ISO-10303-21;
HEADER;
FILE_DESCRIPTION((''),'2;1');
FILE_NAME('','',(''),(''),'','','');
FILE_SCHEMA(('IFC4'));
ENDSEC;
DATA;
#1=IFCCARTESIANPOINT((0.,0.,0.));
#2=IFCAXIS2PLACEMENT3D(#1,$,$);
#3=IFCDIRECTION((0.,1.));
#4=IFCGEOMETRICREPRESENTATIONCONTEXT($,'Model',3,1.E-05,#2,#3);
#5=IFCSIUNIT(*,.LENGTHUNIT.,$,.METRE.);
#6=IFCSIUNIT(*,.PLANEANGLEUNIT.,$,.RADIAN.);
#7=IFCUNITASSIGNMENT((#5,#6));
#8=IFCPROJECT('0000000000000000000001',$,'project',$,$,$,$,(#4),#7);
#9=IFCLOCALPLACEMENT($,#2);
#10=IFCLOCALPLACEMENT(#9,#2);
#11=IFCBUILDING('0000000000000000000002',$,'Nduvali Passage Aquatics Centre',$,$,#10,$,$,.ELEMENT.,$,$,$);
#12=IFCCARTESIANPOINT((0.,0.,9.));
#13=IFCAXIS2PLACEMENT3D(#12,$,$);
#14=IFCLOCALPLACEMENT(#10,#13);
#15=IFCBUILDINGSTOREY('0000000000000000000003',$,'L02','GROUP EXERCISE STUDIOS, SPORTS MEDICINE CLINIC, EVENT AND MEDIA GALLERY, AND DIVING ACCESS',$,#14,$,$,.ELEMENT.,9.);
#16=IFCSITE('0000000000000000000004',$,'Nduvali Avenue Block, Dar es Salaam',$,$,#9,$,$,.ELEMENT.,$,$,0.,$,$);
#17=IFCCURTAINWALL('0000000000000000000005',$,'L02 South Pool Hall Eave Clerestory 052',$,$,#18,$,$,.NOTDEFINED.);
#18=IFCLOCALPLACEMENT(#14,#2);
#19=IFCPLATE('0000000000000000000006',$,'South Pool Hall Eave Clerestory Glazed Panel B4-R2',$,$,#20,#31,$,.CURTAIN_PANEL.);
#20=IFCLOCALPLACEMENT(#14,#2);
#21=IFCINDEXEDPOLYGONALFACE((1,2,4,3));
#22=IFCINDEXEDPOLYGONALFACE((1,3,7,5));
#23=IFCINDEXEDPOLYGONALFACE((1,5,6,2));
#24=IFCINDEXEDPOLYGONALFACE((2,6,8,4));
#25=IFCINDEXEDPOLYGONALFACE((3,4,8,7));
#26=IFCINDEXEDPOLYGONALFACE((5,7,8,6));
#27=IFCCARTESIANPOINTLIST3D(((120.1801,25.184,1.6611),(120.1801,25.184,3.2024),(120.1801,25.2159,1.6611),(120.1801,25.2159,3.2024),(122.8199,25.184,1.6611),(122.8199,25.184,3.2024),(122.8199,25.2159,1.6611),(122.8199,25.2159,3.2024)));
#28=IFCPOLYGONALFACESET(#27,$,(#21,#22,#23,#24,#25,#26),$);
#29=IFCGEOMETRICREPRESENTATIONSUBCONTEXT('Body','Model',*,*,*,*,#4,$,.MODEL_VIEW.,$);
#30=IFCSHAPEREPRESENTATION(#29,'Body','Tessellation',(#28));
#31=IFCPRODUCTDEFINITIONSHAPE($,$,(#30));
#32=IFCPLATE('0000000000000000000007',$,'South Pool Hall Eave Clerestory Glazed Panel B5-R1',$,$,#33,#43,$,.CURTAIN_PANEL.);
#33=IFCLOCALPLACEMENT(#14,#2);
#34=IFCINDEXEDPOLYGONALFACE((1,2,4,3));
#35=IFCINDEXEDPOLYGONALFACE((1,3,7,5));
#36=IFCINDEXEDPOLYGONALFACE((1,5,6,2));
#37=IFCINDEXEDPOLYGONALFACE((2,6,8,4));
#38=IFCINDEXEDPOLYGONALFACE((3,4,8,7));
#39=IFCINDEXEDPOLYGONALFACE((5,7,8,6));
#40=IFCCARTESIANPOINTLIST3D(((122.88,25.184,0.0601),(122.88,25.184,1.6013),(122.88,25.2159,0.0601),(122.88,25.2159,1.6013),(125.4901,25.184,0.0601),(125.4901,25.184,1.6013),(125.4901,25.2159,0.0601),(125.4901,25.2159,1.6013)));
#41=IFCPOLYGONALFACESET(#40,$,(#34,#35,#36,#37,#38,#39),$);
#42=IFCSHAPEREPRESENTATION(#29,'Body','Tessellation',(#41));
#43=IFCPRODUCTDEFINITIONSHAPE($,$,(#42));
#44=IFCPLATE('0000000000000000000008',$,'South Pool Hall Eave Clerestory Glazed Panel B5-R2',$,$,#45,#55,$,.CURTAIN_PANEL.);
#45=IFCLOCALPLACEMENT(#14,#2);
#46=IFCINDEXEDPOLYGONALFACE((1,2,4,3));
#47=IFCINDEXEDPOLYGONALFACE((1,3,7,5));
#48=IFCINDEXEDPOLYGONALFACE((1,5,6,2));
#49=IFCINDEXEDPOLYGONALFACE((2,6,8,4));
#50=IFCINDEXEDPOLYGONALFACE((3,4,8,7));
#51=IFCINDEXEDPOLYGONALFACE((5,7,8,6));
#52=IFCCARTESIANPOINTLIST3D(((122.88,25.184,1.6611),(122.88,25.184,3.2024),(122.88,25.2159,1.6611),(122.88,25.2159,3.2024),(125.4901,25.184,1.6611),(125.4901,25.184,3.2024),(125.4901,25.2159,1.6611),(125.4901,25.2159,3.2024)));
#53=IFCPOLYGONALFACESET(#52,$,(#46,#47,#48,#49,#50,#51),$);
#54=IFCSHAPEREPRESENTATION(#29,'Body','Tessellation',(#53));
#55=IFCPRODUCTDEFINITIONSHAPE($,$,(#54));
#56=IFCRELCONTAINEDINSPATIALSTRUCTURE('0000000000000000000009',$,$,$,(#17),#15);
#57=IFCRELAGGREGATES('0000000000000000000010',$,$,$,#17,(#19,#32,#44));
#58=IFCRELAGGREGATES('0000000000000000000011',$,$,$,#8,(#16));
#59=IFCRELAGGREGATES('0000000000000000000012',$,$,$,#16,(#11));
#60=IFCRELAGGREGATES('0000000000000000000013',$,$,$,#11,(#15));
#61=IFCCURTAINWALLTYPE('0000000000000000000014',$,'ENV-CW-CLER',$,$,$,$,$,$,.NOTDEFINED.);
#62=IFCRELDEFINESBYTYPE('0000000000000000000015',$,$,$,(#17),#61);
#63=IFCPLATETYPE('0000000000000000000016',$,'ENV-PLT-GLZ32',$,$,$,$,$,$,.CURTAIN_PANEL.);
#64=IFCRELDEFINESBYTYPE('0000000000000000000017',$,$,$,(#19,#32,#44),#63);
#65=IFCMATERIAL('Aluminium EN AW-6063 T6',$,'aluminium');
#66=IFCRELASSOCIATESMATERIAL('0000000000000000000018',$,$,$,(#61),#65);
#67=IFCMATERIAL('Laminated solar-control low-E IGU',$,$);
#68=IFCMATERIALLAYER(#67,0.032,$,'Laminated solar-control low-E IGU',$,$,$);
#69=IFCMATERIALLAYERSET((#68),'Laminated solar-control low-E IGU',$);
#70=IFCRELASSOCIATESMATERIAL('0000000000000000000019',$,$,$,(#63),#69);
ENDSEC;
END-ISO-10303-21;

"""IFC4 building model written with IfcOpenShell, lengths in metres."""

from ifc_helpers import new_model, si_unit, direction, frame, origin, origin_2d, place, context, subcontext, project, spatial, rectangle, extrude, material, layer, layer_set, type_object, element, aggregate, save


model = new_model("IFC4")

# Units and contexts
model_context = context("Model", 3, precision=1e-05, world=origin(), true_north=direction((0.0, 1.0)))
body_context = subcontext(model_context, "Body", "Model", "MODEL_VIEW")
ifc_project = project(units=[si_unit("LENGTHUNIT", "METRE"), si_unit("PLANEANGLEUNIT", "RADIAN")], contexts=[model_context])

# Site, building, storey
site_placement = place(None, origin())
site = spatial("IfcSite", under=ifc_project, at=site_placement, Name="Nduvali Avenue Block, Dar es Salaam", CompositionType="ELEMENT", RefElevation=0.0)
building_placement = place(site_placement, origin())
building = spatial("IfcBuilding", under=site, at=building_placement, Name="Nduvali Passage Aquatics Centre", CompositionType="ELEMENT")
storey_placement = place(building_placement, frame((0.0, 0.0, 9.0)))
storey = spatial("IfcBuildingStorey", under=building, at=storey_placement, Name="L02", Description="GROUP EXERCISE STUDIOS, SPORTS MEDICINE CLINIC, EVENT AND MEDIA GALLERY, AND DIVING ACCESS", CompositionType="ELEMENT", Elevation=9.0)

# Curtain wall
ifc_material_1 = material(Name="Aluminium EN AW-6063 T6", Category="aluminium")
curtain_wall_type = type_object("IfcCurtainWallType", Name="ENV-CW-CLER", PredefinedType="NOTDEFINED", material=ifc_material_1)
curtain_wall_1_placement = place(storey_placement, origin())
curtain_wall_1 = element("IfcCurtainWall", 1, at=curtain_wall_1_placement, inside=storey, type_object=curtain_wall_type, Name="L02 South Pool Hall Eave Clerestory 052", PredefinedType="NOTDEFINED")

# Plates
ifc_material_2 = material(Name="Laminated solar-control low-E IGU")
ifc_layer = layer(ifc_material_2, 0.032, Name="Laminated solar-control low-E IGU")
ifc_layer_set = layer_set([ifc_layer], Name="Laminated solar-control low-E IGU")
plate_type = type_object("IfcPlateType", Name="ENV-PLT-GLZ32", PredefinedType="CURTAIN_PANEL", material=ifc_layer_set)
plate_1_placement = place(storey_placement, frame((121.5, 25.2, 1.6611), z_axis=(0.0, 0.0, 1.0), x_axis=(1.0, 0.0, 0.0)))
plate_1 = element("IfcPlate", 2, at=plate_1_placement, type_object=plate_type, Name="South Pool Hall Eave Clerestory Glazed Panel B4-R2", PredefinedType="CURTAIN_PANEL", context=body_context, shape_type="SweptSolid", body=[
    extrude(rectangle(XDim=2.6399, YDim=0.032, at=origin_2d()), origin(), (0.0, 0.0, 1.0), 1.5413),
])
plate_2_placement = place(storey_placement, frame((124.1851, 25.2, 0.0601), z_axis=(0.0, 0.0, 1.0), x_axis=(1.0, 0.0, 0.0)))
plate_2 = element("IfcPlate", 3, at=plate_2_placement, type_object=plate_type, Name="South Pool Hall Eave Clerestory Glazed Panel B5-R1", PredefinedType="CURTAIN_PANEL", context=body_context, shape_type="SweptSolid", body=[
    extrude(rectangle(XDim=2.6101, YDim=0.032, at=origin_2d()), origin(), (0.0, 0.0, 1.0), 1.5413),
])
plate_3_placement = place(storey_placement, frame((124.1851, 25.2, 1.6611), z_axis=(0.0, 0.0, 1.0), x_axis=(1.0, 0.0, 0.0)))
plate_3 = element("IfcPlate", 4, at=plate_3_placement, type_object=plate_type, Name="South Pool Hall Eave Clerestory Glazed Panel B5-R2", PredefinedType="CURTAIN_PANEL", context=body_context, shape_type="SweptSolid", body=[
    extrude(rectangle(XDim=2.6101, YDim=0.032, at=origin_2d()), origin(), (0.0, 0.0, 1.0), 1.5413),
])
aggregate(curtain_wall_1, [plate_1, plate_2, plate_3])

save(model, "model.ifc")
